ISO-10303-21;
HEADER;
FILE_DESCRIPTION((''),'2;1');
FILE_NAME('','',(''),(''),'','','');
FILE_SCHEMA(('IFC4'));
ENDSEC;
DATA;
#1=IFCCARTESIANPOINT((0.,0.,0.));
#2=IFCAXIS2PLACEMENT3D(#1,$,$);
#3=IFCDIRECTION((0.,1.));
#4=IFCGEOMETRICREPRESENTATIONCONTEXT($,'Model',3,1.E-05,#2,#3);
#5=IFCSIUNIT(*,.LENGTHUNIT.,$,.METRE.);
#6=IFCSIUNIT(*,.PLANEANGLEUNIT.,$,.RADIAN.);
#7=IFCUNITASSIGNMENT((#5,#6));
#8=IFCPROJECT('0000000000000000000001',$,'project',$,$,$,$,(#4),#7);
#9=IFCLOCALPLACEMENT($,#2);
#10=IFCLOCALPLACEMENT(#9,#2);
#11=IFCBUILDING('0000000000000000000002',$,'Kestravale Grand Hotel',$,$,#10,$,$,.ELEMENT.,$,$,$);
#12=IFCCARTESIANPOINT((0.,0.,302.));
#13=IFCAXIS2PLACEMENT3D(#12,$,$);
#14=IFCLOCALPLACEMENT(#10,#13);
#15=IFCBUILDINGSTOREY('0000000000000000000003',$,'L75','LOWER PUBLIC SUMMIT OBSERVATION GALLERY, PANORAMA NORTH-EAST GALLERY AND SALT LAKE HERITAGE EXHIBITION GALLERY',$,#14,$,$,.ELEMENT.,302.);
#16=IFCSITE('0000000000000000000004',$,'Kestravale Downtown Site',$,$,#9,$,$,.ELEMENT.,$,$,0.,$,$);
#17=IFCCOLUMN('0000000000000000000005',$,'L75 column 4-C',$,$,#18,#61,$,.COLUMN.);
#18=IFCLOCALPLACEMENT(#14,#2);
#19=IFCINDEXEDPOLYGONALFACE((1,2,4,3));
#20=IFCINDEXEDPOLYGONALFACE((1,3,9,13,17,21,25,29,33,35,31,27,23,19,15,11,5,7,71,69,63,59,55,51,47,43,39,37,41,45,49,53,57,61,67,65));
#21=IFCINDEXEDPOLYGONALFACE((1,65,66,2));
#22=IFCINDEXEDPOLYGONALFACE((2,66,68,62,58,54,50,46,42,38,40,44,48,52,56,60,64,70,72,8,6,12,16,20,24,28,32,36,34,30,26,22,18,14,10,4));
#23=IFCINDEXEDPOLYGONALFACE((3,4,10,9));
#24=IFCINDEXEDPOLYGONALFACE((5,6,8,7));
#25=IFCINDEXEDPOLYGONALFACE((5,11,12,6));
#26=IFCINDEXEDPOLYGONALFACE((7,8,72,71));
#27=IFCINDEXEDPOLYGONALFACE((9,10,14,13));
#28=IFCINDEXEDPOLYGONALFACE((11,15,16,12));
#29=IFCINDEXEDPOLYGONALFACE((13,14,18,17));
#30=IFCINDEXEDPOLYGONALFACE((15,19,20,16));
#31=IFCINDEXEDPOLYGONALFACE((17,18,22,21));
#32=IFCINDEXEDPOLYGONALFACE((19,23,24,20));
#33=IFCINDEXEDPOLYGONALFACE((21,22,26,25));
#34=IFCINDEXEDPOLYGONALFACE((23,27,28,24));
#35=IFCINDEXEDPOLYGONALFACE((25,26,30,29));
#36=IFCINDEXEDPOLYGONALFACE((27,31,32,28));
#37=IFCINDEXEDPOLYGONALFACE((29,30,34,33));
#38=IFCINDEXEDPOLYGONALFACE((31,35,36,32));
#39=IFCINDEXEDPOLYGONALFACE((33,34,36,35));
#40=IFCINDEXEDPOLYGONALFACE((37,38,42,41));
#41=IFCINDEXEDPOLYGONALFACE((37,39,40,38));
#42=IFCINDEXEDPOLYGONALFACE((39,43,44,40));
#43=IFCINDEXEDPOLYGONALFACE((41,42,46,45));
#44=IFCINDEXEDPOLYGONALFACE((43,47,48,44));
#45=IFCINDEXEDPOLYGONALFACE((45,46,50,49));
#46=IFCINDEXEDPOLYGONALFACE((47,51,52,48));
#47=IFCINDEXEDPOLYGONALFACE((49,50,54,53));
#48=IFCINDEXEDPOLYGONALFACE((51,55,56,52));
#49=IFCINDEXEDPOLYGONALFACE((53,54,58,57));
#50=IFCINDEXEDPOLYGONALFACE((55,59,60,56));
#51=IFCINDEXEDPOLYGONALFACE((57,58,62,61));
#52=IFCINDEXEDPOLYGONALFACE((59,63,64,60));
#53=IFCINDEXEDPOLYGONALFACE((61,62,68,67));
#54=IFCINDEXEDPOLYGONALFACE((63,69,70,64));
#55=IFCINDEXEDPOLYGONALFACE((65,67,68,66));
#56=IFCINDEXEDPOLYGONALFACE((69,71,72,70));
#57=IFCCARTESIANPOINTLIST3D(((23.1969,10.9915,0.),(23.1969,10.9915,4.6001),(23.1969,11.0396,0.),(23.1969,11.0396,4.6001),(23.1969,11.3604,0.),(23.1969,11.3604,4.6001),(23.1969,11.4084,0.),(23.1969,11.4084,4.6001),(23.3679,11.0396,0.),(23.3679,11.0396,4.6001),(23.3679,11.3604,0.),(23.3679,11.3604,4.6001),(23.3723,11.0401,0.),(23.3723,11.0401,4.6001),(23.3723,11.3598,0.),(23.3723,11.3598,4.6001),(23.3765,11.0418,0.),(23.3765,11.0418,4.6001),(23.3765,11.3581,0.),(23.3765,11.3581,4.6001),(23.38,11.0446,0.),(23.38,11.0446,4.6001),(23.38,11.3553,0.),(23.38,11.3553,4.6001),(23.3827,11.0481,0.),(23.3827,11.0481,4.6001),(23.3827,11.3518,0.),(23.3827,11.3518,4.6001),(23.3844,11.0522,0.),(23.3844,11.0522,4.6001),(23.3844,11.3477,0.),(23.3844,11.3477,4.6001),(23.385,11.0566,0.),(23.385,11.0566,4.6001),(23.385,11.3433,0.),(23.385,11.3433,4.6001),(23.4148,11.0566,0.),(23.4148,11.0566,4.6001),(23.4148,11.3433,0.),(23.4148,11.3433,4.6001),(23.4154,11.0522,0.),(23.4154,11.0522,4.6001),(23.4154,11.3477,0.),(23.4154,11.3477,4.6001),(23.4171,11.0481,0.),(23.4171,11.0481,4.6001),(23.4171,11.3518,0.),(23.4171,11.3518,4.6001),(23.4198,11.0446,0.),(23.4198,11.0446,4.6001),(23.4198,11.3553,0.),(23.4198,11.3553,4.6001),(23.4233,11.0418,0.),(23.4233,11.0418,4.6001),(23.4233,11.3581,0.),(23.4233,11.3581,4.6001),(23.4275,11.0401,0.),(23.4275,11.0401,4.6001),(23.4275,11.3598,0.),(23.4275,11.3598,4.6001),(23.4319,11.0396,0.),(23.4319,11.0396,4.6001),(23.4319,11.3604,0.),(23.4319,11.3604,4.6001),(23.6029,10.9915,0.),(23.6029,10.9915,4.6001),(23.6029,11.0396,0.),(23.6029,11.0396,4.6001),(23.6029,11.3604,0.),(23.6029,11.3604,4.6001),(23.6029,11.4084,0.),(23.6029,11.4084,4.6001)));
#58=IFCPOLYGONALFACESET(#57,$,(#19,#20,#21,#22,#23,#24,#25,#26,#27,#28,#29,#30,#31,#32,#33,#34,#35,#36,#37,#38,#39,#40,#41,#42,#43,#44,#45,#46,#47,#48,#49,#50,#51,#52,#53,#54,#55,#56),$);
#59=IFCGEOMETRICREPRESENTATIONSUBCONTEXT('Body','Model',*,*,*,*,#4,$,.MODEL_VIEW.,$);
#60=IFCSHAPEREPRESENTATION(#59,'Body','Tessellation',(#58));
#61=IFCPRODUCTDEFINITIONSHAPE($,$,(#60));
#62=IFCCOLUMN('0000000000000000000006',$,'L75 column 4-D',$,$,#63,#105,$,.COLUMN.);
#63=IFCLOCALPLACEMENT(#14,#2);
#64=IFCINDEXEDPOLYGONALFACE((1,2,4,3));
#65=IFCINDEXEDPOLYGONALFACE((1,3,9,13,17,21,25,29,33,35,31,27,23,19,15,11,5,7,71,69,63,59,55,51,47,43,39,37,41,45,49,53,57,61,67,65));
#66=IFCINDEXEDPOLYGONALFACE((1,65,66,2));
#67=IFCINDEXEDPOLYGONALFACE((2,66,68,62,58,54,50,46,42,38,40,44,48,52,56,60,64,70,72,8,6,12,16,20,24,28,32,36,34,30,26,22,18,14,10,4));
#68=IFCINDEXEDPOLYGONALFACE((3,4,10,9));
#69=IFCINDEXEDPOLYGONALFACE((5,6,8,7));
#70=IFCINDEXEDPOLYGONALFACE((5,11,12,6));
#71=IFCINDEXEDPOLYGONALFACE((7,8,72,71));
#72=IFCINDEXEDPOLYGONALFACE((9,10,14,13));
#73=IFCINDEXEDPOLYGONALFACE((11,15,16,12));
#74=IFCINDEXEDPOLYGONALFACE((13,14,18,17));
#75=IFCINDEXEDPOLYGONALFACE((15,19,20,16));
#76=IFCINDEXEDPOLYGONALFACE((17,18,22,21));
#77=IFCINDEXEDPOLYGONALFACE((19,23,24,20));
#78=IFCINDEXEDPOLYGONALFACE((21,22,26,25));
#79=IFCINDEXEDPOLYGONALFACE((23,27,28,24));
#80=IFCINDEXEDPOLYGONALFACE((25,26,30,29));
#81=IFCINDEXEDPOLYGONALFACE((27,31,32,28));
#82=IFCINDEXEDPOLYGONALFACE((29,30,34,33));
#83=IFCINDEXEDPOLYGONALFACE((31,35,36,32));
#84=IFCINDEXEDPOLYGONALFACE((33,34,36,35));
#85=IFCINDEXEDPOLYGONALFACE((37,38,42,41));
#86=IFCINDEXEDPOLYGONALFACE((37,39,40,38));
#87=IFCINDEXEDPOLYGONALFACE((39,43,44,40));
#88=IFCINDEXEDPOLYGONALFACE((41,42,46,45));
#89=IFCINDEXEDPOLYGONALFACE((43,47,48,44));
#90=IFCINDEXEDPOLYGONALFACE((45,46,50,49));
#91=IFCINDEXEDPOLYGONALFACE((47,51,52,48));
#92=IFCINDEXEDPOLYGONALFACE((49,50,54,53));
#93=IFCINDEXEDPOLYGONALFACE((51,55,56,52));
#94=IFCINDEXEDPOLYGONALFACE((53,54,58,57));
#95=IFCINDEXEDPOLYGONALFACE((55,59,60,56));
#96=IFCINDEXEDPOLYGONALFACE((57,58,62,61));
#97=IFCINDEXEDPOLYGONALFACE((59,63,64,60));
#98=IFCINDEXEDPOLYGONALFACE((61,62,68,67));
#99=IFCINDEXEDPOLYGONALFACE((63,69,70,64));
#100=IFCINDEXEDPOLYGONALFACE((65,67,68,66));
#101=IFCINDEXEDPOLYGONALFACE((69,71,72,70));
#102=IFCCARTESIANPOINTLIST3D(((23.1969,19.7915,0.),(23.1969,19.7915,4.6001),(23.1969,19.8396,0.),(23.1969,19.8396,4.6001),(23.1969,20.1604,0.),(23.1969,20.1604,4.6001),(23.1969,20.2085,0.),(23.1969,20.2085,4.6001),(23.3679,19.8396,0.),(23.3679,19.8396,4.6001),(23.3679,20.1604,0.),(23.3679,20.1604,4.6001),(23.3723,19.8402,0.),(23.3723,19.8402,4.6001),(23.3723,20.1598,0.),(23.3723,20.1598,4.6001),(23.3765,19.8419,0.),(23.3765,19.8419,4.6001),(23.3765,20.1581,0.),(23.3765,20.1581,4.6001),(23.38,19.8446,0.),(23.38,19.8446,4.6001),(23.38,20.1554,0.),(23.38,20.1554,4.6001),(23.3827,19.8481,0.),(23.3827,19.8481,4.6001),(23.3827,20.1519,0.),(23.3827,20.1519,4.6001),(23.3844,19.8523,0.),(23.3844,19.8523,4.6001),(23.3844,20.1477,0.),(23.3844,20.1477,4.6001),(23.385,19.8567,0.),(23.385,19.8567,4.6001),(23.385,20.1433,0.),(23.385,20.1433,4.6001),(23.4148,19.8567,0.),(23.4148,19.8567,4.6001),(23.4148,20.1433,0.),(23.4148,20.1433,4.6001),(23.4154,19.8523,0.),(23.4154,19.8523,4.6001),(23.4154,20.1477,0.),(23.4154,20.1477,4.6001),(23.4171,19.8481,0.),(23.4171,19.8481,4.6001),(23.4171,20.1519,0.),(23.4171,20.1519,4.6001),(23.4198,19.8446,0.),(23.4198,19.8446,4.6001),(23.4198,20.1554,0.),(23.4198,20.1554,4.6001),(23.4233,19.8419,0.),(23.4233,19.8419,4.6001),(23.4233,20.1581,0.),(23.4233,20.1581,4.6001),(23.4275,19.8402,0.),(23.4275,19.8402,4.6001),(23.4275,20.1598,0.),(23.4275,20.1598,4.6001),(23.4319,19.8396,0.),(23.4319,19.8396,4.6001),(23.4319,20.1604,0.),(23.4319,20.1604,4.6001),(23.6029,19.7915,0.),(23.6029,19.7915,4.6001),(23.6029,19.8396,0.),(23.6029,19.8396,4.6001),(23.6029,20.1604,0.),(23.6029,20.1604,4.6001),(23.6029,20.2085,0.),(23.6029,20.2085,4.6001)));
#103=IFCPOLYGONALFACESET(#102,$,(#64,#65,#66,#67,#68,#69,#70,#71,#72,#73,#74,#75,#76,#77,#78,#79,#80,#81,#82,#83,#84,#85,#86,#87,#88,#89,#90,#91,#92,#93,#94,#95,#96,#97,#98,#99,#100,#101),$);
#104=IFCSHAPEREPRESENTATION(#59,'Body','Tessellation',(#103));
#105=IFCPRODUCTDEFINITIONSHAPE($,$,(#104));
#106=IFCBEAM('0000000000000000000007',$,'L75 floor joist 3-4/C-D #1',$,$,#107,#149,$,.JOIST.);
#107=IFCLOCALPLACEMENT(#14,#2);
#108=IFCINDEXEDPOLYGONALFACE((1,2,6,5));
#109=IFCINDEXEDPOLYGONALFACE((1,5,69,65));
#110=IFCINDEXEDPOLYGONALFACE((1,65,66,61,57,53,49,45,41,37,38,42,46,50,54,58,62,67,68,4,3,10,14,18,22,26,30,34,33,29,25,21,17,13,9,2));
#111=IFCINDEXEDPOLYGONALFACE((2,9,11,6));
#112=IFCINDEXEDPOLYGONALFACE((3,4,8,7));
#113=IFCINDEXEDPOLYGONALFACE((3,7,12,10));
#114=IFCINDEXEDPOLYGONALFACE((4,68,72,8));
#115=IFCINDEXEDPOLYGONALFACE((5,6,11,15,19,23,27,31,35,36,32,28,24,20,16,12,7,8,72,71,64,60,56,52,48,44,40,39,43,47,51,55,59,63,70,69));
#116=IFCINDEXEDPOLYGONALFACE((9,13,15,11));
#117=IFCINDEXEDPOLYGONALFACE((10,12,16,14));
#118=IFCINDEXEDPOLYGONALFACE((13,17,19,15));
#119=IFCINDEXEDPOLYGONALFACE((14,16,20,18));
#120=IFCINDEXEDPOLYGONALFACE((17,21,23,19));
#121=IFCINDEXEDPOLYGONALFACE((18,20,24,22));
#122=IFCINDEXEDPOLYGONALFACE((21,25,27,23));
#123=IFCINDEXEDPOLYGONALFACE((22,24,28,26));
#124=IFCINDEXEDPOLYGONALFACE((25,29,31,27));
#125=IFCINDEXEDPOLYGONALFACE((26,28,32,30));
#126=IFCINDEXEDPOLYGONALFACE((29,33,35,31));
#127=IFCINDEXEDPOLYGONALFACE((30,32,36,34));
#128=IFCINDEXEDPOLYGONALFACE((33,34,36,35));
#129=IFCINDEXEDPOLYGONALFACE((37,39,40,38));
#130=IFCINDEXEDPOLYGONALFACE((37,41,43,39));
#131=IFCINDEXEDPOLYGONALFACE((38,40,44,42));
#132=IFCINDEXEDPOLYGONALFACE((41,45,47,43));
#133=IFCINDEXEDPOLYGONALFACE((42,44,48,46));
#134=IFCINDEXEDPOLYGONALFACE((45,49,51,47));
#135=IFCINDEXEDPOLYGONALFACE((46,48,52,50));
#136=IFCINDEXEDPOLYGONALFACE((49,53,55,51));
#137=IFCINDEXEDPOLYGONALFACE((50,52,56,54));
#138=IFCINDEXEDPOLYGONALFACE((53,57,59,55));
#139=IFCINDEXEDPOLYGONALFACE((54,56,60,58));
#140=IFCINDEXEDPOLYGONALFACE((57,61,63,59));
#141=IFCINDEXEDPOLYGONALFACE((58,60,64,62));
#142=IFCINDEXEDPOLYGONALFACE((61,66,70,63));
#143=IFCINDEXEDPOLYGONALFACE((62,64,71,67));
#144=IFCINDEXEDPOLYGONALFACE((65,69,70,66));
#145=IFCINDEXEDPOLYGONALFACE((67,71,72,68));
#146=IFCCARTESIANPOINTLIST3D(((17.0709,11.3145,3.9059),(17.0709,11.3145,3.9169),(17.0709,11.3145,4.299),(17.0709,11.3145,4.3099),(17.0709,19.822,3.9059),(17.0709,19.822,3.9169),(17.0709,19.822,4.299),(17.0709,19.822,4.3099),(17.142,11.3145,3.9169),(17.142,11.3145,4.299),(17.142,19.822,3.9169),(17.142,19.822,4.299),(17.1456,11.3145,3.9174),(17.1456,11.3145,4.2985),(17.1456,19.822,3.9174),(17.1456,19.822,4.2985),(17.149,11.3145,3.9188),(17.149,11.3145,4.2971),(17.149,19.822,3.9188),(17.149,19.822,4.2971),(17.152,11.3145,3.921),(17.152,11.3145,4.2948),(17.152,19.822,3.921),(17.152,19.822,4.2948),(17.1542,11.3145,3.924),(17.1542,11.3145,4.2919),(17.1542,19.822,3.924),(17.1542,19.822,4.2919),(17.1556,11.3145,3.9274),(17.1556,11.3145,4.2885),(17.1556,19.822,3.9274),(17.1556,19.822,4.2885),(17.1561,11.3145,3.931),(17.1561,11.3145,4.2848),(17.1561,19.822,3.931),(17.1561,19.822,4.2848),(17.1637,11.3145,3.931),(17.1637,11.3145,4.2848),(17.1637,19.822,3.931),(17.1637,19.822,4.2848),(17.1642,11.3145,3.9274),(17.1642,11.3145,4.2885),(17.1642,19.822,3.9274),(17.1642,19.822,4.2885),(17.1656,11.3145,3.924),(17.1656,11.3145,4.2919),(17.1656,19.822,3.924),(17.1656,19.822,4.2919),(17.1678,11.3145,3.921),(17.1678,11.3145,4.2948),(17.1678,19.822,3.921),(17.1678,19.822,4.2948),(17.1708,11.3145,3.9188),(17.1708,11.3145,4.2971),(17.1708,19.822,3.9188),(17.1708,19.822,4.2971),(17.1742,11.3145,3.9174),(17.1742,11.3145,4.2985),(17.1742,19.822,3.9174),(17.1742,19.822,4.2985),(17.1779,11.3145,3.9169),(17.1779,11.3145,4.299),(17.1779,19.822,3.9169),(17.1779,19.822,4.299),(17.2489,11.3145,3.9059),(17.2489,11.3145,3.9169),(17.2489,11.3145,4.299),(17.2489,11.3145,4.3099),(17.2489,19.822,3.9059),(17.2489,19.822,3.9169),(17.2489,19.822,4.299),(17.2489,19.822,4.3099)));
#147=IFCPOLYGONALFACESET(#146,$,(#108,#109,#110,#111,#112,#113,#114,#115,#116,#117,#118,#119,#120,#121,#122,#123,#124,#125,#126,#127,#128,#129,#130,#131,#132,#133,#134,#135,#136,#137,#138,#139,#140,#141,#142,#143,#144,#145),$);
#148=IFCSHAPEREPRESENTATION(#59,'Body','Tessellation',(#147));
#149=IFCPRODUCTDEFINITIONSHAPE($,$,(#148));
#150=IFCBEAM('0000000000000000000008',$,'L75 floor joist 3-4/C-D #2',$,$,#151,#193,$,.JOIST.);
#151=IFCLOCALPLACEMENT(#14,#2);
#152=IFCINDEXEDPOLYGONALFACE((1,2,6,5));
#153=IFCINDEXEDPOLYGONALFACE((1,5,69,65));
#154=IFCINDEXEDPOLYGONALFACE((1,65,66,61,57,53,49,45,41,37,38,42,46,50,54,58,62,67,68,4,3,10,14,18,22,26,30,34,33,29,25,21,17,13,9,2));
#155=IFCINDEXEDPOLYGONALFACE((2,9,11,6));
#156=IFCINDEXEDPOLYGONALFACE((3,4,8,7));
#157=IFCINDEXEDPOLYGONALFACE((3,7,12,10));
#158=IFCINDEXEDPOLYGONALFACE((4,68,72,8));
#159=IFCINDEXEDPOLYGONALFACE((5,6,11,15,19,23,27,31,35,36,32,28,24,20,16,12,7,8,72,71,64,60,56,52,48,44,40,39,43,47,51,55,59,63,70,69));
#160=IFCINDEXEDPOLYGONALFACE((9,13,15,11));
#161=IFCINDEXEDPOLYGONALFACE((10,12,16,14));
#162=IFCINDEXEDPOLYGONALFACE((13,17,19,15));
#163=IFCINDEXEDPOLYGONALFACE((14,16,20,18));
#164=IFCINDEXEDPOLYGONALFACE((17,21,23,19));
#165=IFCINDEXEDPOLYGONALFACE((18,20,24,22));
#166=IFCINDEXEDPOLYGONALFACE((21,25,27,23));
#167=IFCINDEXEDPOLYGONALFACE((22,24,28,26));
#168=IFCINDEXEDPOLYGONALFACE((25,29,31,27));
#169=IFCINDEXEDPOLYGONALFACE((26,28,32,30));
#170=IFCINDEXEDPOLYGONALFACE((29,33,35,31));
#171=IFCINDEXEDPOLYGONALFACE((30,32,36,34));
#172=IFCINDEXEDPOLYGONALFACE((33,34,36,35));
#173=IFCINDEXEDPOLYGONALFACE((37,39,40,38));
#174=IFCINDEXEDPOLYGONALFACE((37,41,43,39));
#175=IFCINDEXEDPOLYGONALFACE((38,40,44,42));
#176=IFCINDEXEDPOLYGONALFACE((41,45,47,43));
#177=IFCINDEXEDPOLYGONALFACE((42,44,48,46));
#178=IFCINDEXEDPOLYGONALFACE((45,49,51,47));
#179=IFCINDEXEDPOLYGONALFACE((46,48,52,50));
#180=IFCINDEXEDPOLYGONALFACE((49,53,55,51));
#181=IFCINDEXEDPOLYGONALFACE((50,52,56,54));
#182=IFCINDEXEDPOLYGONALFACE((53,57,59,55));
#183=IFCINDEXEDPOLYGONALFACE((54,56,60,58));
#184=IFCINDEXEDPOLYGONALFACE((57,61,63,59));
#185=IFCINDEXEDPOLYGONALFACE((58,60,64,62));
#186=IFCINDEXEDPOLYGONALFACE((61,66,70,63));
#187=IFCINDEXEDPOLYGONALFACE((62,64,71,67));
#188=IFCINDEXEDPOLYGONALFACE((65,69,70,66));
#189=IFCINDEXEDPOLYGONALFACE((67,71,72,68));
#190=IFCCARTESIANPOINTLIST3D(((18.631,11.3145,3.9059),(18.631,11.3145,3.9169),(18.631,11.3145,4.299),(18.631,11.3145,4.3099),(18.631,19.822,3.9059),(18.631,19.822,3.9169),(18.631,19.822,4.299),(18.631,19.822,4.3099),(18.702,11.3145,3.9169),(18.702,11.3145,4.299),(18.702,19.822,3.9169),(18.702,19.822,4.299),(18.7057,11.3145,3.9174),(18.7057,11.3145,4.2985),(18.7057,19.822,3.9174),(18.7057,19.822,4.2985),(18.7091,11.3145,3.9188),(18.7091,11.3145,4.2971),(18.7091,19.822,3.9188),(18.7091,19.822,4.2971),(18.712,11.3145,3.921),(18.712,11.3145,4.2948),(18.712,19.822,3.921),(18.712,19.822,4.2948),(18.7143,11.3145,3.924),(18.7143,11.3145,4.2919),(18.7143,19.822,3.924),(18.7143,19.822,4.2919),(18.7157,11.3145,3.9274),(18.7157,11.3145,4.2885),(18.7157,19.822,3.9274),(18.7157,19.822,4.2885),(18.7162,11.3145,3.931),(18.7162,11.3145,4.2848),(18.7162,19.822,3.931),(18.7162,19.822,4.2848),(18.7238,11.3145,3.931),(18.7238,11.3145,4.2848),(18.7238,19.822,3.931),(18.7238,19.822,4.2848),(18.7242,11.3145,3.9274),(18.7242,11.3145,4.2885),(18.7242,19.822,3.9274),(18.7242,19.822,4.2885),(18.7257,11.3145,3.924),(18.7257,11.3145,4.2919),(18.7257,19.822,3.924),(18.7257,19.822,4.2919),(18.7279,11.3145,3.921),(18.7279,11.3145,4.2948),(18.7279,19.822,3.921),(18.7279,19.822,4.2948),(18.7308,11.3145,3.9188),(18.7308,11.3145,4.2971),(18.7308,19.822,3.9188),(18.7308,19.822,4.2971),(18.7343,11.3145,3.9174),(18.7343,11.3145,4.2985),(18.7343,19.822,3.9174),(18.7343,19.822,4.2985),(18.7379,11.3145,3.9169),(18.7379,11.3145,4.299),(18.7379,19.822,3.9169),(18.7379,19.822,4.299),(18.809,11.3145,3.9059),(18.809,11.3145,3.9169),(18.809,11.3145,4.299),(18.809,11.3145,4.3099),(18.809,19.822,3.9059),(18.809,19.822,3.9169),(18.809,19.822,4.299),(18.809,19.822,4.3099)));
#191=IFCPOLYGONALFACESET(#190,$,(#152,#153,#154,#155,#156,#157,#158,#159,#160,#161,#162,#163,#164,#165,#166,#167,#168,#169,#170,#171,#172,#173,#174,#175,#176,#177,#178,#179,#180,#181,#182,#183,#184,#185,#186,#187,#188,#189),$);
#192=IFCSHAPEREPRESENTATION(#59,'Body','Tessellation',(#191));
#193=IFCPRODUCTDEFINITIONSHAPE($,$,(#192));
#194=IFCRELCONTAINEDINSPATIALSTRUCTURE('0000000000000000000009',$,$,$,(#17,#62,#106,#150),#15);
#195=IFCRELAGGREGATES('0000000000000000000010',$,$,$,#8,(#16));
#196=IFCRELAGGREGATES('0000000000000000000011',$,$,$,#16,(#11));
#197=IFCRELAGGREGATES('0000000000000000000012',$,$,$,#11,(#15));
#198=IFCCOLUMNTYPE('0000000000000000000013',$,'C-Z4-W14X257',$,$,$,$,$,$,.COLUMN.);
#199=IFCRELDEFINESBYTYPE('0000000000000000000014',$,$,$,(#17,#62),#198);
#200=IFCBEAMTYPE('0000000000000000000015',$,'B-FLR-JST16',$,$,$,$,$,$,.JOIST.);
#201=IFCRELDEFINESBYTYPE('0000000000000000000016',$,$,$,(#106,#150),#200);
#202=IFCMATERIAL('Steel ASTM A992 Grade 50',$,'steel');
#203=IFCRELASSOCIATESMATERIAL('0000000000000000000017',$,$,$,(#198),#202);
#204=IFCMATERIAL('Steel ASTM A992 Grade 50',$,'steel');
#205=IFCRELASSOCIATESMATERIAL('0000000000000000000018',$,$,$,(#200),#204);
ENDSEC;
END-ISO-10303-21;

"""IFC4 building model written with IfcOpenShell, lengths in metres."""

from ifc_helpers import new_model, si_unit, direction, frame, origin, origin_2d, place, context, subcontext, project, spatial, i_section, extrude, material, material_profile, profile_set, type_object, element, save


model = new_model("IFC4")

# Units and contexts
model_context = context("Model", 3, precision=1e-05, world=origin(), true_north=direction((0.0, 1.0)))
body_context = subcontext(model_context, "Body", "Model", "MODEL_VIEW")
ifc_project = project(units=[si_unit("LENGTHUNIT", "METRE"), si_unit("PLANEANGLEUNIT", "RADIAN")], contexts=[model_context])

# Site, building, storey
site_placement = place(None, origin())
site = spatial("IfcSite", under=ifc_project, at=site_placement, Name="Kestravale Downtown Site", CompositionType="ELEMENT", RefElevation=0.0)
building_placement = place(site_placement, origin())
building = spatial("IfcBuilding", under=site, at=building_placement, Name="Kestravale Grand Hotel", CompositionType="ELEMENT")
storey_placement = place(building_placement, frame((0.0, 0.0, 302.0)))
storey = spatial("IfcBuildingStorey", under=building, at=storey_placement, Name="L75", Description="LOWER PUBLIC SUMMIT OBSERVATION GALLERY, PANORAMA NORTH-EAST GALLERY AND SALT LAKE HERITAGE EXHIBITION GALLERY", CompositionType="ELEMENT", Elevation=302.0)

# Columns
ifc_material_1 = material(Name="Steel ASTM A992 Grade 50", Category="steel")
ifc_material_profile_1 = material_profile(ifc_material_1, i_section(OverallWidth=0.406, OverallDepth=0.417, WebThickness=0.0298, FlangeThickness=0.0481, FilletRadius=0.0171, at=origin_2d()))
ifc_profile_set_1 = profile_set([ifc_material_profile_1], Name="Steel ASTM A992 Grade 50")
column_type = type_object("IfcColumnType", Name="C-Z4-W14X257", PredefinedType="COLUMN", material=ifc_profile_set_1)
for number, where, z_axis, x_axis, name in (
    (1, (23.3999, 11.2, 0.0), (0.0, 0.0, 1.0), (1.0, 0.0, 0.0), "L75 column 4-C"),
    (2, (23.3999, 20.0, 0.0), (0.0, 0.0, 1.0), (1.0, 0.0, 0.0), "L75 column 4-D"),
):
    element("IfcColumn", number, at=place(storey_placement, frame(where, z_axis=z_axis, x_axis=x_axis)), inside=storey, type_object=column_type, Name=name, PredefinedType="COLUMN", context=body_context, shape_type="SweptSolid", body=[
        extrude(i_section(OverallWidth=0.406, OverallDepth=0.417, WebThickness=0.0298, FlangeThickness=0.0481, FilletRadius=0.0171, at=origin_2d()), origin(), (0.0, 0.0, 1.0), 4.6001),
    ])

# Beams
ifc_material_2 = material(Name="Steel ASTM A992 Grade 50", Category="steel")
ifc_material_profile_2 = material_profile(ifc_material_2, i_section(OverallWidth=0.178, OverallDepth=0.4041, WebThickness=0.0076, FlangeThickness=0.011, FilletRadius=0.0142, at=origin_2d()))
ifc_profile_set_2 = profile_set([ifc_material_profile_2], Name="Steel ASTM A992 Grade 50")
beam_type_1 = type_object("IfcBeamType", Name="B-FLR-JST16", PredefinedType="JOIST", material=ifc_profile_set_2)
for number, where, z_axis, x_axis, name in (
    (3, (17.1599, 11.3145, 4.1079), (0.0, 1.0, 0.0), (-1.0, 0.0, 0.0), "L75 floor joist 3-4/C-D #1"),
    (4, (18.72, 11.3145, 4.1079), (0.0, 1.0, 0.0), (-1.0, 0.0, 0.0), "L75 floor joist 3-4/C-D #2"),
):
    element("IfcBeam", number, at=place(storey_placement, frame(where, z_axis=z_axis, x_axis=x_axis)), inside=storey, type_object=beam_type_1, Name=name, PredefinedType="JOIST", context=body_context, shape_type="SweptSolid", body=[
        extrude(i_section(OverallWidth=0.178, OverallDepth=0.4041, WebThickness=0.0076, FlangeThickness=0.011, FilletRadius=0.0142, at=origin_2d()), origin(), (0.0, 0.0, 1.0), 8.5076),
    ])

save(model, "model.ifc")
